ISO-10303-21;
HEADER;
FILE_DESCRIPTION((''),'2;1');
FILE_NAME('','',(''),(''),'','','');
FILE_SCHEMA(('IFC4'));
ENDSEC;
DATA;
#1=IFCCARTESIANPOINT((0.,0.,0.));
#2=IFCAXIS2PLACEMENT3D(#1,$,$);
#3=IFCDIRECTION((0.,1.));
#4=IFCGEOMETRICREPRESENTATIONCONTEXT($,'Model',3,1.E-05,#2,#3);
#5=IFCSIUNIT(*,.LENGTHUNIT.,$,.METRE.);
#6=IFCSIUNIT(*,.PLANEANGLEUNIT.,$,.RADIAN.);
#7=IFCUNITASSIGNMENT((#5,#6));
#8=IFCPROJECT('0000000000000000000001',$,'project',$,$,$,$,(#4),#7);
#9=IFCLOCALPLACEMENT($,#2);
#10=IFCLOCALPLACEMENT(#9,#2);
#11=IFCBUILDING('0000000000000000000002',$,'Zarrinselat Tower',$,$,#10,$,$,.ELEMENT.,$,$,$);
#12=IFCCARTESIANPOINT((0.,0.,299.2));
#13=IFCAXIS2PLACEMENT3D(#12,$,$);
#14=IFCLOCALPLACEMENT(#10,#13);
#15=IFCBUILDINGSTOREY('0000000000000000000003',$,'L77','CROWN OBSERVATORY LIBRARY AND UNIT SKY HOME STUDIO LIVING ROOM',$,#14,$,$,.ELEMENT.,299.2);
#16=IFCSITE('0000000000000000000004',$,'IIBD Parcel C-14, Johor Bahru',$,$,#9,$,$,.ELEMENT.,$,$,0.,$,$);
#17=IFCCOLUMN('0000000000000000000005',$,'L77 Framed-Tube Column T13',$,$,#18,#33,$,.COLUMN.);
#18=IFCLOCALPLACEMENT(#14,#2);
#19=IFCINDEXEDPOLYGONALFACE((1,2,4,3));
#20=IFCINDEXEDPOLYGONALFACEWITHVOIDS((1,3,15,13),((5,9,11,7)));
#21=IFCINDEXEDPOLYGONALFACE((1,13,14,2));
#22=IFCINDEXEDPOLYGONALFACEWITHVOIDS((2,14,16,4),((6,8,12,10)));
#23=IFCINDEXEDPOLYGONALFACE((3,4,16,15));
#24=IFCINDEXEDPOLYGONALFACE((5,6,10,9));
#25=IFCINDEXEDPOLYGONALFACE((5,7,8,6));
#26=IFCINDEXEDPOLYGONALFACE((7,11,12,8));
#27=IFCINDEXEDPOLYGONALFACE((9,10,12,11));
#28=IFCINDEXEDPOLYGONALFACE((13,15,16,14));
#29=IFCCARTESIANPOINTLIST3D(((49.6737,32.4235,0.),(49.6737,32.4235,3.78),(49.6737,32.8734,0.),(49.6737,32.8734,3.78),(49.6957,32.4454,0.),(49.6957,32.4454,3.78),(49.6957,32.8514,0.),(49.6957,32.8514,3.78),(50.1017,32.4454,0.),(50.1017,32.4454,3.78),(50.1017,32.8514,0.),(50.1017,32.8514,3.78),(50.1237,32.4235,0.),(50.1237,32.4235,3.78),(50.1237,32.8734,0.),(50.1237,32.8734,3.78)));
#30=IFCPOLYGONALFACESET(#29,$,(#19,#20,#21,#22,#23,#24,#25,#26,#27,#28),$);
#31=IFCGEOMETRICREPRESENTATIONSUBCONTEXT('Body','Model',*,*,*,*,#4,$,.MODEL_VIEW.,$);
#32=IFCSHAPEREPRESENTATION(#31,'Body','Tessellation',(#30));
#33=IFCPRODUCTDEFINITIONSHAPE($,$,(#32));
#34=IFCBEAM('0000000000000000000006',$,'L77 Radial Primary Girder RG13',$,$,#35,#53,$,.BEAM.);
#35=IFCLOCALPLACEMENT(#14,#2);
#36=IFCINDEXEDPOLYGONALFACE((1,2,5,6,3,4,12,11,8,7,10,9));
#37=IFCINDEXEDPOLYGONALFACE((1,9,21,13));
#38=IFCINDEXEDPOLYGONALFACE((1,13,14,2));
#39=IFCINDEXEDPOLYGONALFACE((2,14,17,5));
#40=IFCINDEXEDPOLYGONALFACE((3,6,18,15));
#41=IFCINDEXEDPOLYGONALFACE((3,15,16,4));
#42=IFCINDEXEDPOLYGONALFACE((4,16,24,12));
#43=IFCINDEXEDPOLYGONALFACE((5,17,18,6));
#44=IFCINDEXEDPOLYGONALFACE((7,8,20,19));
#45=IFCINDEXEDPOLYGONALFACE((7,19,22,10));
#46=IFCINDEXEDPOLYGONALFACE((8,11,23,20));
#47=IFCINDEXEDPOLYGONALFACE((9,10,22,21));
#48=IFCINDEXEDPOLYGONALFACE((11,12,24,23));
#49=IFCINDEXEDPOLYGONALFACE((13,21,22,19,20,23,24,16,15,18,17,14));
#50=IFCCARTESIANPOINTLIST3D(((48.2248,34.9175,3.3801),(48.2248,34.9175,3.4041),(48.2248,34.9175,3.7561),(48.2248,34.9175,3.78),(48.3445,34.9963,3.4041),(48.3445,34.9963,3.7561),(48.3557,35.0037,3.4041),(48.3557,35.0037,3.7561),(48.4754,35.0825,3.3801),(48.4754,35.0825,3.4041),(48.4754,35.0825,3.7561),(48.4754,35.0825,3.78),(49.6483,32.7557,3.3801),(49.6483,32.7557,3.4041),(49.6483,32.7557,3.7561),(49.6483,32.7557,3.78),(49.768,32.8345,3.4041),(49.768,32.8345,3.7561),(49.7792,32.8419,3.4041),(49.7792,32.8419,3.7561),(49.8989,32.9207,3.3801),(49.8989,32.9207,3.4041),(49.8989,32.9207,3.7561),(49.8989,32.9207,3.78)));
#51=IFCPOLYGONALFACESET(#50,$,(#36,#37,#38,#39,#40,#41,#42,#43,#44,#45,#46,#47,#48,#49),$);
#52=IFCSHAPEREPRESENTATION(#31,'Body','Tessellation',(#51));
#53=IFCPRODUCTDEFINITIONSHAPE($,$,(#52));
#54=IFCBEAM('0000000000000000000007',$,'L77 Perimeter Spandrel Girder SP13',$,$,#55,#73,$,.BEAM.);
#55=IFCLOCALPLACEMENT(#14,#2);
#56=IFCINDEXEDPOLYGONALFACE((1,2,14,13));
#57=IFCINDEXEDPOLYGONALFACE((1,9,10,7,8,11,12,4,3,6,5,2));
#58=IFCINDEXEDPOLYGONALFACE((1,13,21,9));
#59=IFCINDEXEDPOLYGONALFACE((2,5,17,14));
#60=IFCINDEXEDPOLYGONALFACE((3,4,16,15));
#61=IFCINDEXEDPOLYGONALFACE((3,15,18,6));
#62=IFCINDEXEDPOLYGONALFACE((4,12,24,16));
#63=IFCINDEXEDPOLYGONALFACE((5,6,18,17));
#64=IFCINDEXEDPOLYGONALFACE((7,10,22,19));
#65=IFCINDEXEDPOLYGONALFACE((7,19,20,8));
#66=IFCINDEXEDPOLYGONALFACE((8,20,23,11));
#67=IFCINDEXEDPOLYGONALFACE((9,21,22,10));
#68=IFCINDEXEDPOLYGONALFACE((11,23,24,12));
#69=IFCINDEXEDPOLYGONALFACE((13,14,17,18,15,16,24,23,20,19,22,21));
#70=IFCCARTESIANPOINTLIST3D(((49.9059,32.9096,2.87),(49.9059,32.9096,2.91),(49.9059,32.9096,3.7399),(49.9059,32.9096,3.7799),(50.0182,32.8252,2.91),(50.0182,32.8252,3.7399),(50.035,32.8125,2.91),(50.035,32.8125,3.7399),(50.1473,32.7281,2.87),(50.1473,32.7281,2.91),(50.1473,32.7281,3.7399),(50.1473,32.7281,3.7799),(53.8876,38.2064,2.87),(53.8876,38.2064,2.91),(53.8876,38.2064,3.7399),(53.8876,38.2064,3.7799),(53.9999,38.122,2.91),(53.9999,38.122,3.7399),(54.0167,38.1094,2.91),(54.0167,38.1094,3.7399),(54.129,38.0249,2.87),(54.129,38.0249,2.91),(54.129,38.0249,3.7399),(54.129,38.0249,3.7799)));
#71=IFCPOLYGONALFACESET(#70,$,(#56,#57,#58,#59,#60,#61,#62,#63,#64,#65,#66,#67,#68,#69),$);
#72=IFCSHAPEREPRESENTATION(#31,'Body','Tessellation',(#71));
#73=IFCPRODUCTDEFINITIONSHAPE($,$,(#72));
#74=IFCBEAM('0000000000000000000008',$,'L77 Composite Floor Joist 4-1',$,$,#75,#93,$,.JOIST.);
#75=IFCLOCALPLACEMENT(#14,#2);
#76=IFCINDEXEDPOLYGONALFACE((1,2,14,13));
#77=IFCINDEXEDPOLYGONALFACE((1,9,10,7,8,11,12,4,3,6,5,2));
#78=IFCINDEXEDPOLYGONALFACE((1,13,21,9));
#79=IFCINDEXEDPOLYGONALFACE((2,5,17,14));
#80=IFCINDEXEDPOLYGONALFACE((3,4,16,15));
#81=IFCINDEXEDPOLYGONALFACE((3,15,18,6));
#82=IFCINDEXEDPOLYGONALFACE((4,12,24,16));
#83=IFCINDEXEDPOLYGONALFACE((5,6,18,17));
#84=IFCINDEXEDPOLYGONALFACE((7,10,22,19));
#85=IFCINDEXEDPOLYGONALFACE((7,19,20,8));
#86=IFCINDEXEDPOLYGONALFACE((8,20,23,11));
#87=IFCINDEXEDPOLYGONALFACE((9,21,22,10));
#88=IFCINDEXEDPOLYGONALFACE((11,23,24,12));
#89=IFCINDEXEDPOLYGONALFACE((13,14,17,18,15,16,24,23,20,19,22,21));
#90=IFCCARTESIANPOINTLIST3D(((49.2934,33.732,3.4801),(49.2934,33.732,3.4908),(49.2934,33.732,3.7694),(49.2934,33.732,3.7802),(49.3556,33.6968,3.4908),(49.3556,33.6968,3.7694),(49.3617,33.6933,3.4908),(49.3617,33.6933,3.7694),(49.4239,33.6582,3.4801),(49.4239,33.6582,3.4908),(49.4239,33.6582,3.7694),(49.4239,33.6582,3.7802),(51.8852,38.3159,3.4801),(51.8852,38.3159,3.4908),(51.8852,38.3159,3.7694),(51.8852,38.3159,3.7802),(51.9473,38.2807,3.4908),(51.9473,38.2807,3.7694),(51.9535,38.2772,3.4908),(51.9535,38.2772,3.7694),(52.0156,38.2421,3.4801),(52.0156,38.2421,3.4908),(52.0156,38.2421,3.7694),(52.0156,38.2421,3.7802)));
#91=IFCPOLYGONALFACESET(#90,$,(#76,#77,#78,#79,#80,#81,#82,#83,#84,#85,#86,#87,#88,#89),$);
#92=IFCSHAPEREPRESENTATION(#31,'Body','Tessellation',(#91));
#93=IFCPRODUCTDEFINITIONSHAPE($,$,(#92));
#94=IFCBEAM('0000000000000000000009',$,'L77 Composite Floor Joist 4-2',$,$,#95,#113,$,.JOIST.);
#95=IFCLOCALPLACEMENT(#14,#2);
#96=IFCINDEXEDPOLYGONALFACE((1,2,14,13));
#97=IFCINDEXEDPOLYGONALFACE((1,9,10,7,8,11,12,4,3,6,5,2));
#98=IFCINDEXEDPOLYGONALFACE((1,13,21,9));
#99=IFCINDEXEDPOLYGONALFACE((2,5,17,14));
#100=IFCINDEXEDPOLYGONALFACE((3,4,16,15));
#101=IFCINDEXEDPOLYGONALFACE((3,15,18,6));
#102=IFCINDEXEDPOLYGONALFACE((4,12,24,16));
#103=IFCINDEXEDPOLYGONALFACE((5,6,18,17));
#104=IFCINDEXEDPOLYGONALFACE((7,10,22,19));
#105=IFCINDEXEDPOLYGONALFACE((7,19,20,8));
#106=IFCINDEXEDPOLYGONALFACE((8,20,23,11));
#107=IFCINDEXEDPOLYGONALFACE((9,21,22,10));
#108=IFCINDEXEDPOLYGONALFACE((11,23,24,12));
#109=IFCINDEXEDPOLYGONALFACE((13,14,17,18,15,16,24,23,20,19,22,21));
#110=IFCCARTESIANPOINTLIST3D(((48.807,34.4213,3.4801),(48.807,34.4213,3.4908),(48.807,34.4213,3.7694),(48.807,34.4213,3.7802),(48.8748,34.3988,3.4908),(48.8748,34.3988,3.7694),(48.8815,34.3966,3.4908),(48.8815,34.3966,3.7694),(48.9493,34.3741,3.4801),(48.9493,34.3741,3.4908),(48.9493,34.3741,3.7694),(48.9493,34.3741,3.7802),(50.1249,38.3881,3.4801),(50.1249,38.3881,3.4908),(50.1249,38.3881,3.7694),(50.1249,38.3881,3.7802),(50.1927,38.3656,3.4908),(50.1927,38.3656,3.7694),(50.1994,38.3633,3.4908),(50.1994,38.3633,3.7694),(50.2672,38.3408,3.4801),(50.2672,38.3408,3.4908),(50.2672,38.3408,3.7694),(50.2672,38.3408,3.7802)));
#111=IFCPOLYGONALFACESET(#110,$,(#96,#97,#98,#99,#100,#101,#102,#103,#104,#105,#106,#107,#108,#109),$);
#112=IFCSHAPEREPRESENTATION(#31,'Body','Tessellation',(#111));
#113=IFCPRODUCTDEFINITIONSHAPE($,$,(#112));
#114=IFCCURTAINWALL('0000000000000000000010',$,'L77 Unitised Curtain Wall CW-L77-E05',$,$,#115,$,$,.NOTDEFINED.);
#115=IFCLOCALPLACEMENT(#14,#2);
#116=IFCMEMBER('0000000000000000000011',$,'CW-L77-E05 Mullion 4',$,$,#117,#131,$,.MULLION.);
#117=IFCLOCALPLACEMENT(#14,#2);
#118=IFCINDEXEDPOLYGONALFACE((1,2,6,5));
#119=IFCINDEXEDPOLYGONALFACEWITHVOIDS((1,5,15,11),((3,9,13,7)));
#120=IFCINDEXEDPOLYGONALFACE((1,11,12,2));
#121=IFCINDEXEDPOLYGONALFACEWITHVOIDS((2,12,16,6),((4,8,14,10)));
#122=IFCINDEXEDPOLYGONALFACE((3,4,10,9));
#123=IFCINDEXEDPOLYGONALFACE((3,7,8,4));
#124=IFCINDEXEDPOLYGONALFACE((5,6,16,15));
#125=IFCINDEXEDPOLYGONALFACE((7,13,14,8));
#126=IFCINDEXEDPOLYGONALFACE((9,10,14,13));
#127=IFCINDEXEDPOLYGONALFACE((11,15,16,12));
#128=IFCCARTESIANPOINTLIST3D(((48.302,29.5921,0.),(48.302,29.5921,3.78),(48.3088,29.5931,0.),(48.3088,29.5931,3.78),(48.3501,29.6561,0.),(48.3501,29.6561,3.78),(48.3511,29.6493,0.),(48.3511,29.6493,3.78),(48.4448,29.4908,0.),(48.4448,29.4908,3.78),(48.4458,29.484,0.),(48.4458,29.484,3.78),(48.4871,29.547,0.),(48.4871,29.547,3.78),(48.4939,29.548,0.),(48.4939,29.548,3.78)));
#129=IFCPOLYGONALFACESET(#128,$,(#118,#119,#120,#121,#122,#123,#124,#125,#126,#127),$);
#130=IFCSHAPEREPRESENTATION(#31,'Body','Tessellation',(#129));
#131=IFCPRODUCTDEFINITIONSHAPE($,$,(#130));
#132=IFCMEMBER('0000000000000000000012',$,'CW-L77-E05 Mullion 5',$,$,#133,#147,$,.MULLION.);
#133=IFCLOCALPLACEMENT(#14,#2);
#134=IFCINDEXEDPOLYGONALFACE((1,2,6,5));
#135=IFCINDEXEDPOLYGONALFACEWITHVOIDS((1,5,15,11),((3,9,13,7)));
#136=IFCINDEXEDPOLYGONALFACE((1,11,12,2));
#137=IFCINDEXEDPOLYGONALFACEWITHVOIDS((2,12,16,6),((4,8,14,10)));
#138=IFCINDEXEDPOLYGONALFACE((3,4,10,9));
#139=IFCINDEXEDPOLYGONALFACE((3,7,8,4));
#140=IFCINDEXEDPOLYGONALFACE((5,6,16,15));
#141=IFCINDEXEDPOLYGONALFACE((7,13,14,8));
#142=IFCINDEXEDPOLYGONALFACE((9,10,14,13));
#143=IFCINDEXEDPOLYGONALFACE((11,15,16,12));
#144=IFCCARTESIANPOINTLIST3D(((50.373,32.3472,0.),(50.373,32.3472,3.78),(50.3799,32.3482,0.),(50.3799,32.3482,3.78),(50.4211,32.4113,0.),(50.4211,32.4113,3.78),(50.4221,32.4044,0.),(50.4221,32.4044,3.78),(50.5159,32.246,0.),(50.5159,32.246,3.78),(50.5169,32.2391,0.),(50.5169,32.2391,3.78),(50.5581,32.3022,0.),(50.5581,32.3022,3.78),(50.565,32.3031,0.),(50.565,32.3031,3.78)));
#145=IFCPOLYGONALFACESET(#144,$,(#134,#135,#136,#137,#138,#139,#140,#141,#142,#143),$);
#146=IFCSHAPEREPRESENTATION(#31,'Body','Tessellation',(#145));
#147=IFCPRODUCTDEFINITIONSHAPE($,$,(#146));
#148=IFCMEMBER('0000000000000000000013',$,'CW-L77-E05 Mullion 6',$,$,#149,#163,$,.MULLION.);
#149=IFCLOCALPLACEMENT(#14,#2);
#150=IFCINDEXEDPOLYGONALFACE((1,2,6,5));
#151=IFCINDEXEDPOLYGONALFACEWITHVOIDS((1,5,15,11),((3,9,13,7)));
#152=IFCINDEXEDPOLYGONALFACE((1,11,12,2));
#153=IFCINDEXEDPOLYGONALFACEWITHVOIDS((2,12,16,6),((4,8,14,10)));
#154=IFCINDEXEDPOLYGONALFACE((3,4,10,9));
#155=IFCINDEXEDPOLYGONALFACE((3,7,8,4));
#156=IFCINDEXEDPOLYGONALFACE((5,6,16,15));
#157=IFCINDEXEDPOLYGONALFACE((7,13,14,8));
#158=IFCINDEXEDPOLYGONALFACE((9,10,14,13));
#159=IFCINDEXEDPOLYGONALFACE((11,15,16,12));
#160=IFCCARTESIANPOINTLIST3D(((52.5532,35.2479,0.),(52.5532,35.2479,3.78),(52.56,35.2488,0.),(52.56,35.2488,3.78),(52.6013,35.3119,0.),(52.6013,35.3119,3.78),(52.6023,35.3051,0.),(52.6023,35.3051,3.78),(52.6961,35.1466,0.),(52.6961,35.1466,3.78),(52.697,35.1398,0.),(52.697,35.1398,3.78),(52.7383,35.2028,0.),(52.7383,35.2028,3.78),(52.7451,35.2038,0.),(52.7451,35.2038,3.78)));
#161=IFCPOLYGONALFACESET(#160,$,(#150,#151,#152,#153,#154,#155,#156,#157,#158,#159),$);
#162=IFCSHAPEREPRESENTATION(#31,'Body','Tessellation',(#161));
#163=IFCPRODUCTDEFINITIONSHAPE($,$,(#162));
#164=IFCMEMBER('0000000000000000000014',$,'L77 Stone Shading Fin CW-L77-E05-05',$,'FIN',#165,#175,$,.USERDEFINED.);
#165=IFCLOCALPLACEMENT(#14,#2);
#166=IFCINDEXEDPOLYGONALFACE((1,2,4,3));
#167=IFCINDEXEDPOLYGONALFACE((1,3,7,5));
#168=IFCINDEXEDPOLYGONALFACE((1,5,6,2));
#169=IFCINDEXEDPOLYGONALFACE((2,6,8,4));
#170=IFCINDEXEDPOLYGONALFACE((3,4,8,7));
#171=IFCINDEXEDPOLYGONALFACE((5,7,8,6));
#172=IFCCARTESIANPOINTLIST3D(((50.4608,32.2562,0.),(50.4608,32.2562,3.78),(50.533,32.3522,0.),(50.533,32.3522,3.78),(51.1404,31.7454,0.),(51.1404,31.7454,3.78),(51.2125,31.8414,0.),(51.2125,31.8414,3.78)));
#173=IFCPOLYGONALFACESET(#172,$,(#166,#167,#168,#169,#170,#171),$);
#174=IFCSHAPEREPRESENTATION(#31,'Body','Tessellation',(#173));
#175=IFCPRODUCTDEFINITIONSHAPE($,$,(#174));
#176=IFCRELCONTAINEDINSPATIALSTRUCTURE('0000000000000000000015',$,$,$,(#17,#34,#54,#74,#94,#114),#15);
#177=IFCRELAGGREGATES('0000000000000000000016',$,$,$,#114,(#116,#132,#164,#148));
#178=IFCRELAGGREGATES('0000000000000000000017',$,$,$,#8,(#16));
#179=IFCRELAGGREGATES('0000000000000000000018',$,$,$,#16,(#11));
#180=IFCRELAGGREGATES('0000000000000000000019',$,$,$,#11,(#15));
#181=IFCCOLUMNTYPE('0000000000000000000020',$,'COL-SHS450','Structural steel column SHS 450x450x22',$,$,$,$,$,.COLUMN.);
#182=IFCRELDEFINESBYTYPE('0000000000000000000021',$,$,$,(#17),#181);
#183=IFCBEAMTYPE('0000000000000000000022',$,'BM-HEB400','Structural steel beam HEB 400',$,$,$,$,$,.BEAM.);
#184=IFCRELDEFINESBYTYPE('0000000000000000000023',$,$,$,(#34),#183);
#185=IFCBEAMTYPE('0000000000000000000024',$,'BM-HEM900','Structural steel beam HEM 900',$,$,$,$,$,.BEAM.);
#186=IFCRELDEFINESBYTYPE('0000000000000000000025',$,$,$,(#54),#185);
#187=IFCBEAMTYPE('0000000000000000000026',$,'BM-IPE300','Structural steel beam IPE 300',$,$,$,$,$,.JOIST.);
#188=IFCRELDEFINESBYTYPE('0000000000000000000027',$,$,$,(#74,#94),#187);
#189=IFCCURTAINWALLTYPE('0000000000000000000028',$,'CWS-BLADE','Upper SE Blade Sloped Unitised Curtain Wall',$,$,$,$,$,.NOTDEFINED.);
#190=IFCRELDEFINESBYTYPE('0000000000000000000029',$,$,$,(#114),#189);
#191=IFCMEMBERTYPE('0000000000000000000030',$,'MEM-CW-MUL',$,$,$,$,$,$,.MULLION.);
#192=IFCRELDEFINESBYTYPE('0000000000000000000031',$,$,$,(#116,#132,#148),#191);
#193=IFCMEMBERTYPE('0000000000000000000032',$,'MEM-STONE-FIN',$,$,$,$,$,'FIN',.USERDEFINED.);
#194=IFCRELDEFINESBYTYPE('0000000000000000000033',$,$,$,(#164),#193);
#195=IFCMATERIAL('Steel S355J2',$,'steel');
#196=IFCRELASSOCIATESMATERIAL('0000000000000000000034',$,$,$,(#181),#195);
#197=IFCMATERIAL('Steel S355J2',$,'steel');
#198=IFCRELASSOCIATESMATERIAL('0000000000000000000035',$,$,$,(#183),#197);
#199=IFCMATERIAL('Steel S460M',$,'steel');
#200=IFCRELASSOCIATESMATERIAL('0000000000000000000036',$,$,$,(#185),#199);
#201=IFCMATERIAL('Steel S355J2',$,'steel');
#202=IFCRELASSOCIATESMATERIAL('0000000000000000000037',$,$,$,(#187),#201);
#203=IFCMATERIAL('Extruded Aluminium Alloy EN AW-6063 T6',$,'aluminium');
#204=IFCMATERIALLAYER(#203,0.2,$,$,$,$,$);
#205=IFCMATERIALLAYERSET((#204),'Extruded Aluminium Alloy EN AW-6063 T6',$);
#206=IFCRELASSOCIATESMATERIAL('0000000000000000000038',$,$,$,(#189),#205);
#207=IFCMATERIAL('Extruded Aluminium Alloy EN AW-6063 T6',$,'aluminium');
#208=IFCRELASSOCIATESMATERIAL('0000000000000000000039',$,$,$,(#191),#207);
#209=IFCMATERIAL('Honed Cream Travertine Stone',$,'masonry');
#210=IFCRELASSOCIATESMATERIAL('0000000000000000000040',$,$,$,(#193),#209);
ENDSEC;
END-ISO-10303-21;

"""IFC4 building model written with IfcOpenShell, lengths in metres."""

from ifc_helpers import new_model, si_unit, direction, frame, origin, origin_2d, place, context, subcontext, project, spatial, rectangle, hollow_rectangle, i_section, extrude, material, layer, layer_set, material_profile, profile_set, type_object, element, aggregate, save


model = new_model("IFC4")

# Units and contexts
model_context = context("Model", 3, precision=1e-05, world=origin(), true_north=direction((0.0, 1.0)))
body_context = subcontext(model_context, "Body", "Model", "MODEL_VIEW")
ifc_project = project(units=[si_unit("LENGTHUNIT", "METRE"), si_unit("PLANEANGLEUNIT", "RADIAN")], contexts=[model_context])

# Site, building, storey
site_placement = place(None, origin())
site = spatial("IfcSite", under=ifc_project, at=site_placement, Name="IIBD Parcel C-14, Johor Bahru", CompositionType="ELEMENT", RefElevation=0.0)
building_placement = place(site_placement, origin())
building = spatial("IfcBuilding", under=site, at=building_placement, Name="Zarrinselat Tower", CompositionType="ELEMENT")
storey_placement = place(building_placement, frame((0.0, 0.0, 299.2)))
storey = spatial("IfcBuildingStorey", under=building, at=storey_placement, Name="L77", Description="CROWN OBSERVATORY LIBRARY AND UNIT SKY HOME STUDIO LIVING ROOM", CompositionType="ELEMENT", Elevation=299.2)

# Column
ifc_material_1 = material(Name="Steel S355J2", Category="steel")
ifc_material_profile_1 = material_profile(ifc_material_1, hollow_rectangle(XDim=0.45, YDim=0.45, WallThickness=0.022, at=origin_2d()), Name="SHS 450x450x22")
ifc_profile_set_1 = profile_set([ifc_material_profile_1], Name="Steel S355J2")
column_type = type_object("IfcColumnType", Name="COL-SHS450", Description="Structural steel column SHS 450x450x22", PredefinedType="COLUMN", material=ifc_profile_set_1)
column_placement = place(storey_placement, frame((49.8987, 32.6484, 0.0), z_axis=(0.0, 0.0, 1.0), x_axis=(1.0, 0.0, 0.0)))
element("IfcColumn", 1, at=column_placement, inside=storey, type_object=column_type, Name="L77 Framed-Tube Column T13", PredefinedType="COLUMN", context=body_context, shape_type="SweptSolid", body=[
    extrude(hollow_rectangle(XDim=0.45, YDim=0.45, WallThickness=0.022, at=origin_2d()), origin(), (0.0, 0.0, 1.0), 3.78),
])

# Beams
ifc_material_2 = material(Name="Steel S355J2", Category="steel")
ifc_material_profile_2 = material_profile(ifc_material_2, i_section(OverallWidth=0.3, OverallDepth=0.3999, WebThickness=0.0134, FlangeThickness=0.0239, at=origin_2d()), Name="HEB 400")
ifc_profile_set_2 = profile_set([ifc_material_profile_2], Name="Steel S355J2")
beam_type_1 = type_object("IfcBeamType", Name="BM-HEB400", Description="Structural steel beam HEB 400", PredefinedType="BEAM", material=ifc_profile_set_2)
beam_1_placement = place(storey_placement, frame((48.3501, 35.0, 3.5801), z_axis=(0.549968, -0.835186, 0.0), x_axis=(0.835186, 0.549968, 0.0)))
element("IfcBeam", 2, at=beam_1_placement, inside=storey, type_object=beam_type_1, Name="L77 Radial Primary Girder RG13", PredefinedType="BEAM", context=body_context, shape_type="SweptSolid", body=[
    extrude(i_section(OverallWidth=0.3, OverallDepth=0.3999, WebThickness=0.0134, FlangeThickness=0.0239, at=origin_2d()), origin(), (0.0, 0.0, 1.0), 2.5884),
])
ifc_material_3 = material(Name="Steel S460M", Category="steel")
ifc_material_profile_3 = material_profile(ifc_material_3, i_section(OverallWidth=0.302, OverallDepth=0.9099, WebThickness=0.021, FlangeThickness=0.04, at=origin_2d()), Name="HEM 900")
ifc_profile_set_3 = profile_set([ifc_material_profile_3], Name="Steel S460M")
beam_type_2 = type_object("IfcBeamType", Name="BM-HEM900", Description="Structural steel beam HEM 900", PredefinedType="BEAM", material=ifc_profile_set_3)
beam_2_placement = place(storey_placement, frame((50.0266, 32.8188, 3.325), z_axis=(0.600872, 0.799345, 0.0), x_axis=(-0.799345, 0.600872, 0.0)))
element("IfcBeam", 3, at=beam_2_placement, inside=storey, type_object=beam_type_2, Name="L77 Perimeter Spandrel Girder SP13", PredefinedType="BEAM", context=body_context, shape_type="SweptSolid", body=[
    extrude(i_section(OverallWidth=0.302, OverallDepth=0.9099, WebThickness=0.021, FlangeThickness=0.04, at=origin_2d()), origin(), (0.0, 0.0, 1.0), 6.6265),
])
ifc_material_4 = material(Name="Steel S355J2", Category="steel")
ifc_material_profile_4 = material_profile(ifc_material_4, i_section(OverallWidth=0.1499, OverallDepth=0.3, WebThickness=0.0071, FlangeThickness=0.0107, at=origin_2d()), Name="IPE 300")
ifc_profile_set_4 = profile_set([ifc_material_profile_4], Name="Steel S355J2")
beam_type_3 = type_object("IfcBeamType", Name="BM-IPE300", Description="Structural steel beam IPE 300", PredefinedType="JOIST", material=ifc_profile_set_4)
beam_3_placement = place(storey_placement, frame((49.3586, 33.6951, 3.6301), z_axis=(0.492179, 0.870494, 0.0), x_axis=(-0.870494, 0.492179, 0.0)))
element("IfcBeam", 4, at=beam_3_placement, inside=storey, type_object=beam_type_3, Name="L77 Composite Floor Joist 4-1", PredefinedType="JOIST", context=body_context, shape_type="SweptSolid", body=[
    extrude(i_section(OverallWidth=0.1499, OverallDepth=0.3, WebThickness=0.0071, FlangeThickness=0.0107, at=origin_2d()), origin(), (0.0, 0.0, 1.0), 5.2659),
])
beam_4_placement = place(storey_placement, frame((48.8782, 34.3977, 3.6301), z_axis=(0.315281, 0.948998, 0.0), x_axis=(-0.948998, 0.315281, 0.0)))
element("IfcBeam", 5, at=beam_4_placement, inside=storey, type_object=beam_type_3, Name="L77 Composite Floor Joist 4-2", PredefinedType="JOIST", context=body_context, shape_type="SweptSolid", body=[
    extrude(i_section(OverallWidth=0.1499, OverallDepth=0.3, WebThickness=0.0071, FlangeThickness=0.0107, at=origin_2d()), origin(), (0.0, 0.0, 1.0), 4.1799),
])

# Curtain wall, members
ifc_material_5 = material(Name="Extruded Aluminium Alloy EN AW-6063 T6", Category="aluminium")
ifc_layer_1 = layer(ifc_material_5, 0.2)
ifc_layer_set_1 = layer_set([ifc_layer_1], Name="Extruded Aluminium Alloy EN AW-6063 T6")
curtain_wall_type = type_object("IfcCurtainWallType", Name="CWS-BLADE", Description="Upper SE Blade Sloped Unitised Curtain Wall", PredefinedType="NOTDEFINED", material=ifc_layer_set_1)
curtain_wall_placement = place(storey_placement, origin())
curtain_wall = element("IfcCurtainWall", 6, at=curtain_wall_placement, inside=storey, type_object=curtain_wall_type, Name="L77 Unitised Curtain Wall CW-L77-E05", PredefinedType="NOTDEFINED")
ifc_material_6 = material(Name="Extruded Aluminium Alloy EN AW-6063 T6", Category="aluminium")
ifc_material_profile_5 = material_profile(ifc_material_6, hollow_rectangle(XDim=0.0801, YDim=0.1799, WallThickness=0.0049, at=origin_2d()), Name="RHS 180x80x5")
ifc_profile_set_5 = profile_set([ifc_material_profile_5], Name="Extruded Aluminium Alloy EN AW-6063 T6")
member_type_1 = type_object("IfcMemberType", Name="MEM-CW-MUL", PredefinedType="MULLION", material=ifc_profile_set_5)
member_1_placement = place(storey_placement, frame((48.3979, 29.5701, 0.0), z_axis=(0.0, 0.0, 1.0), x_axis=(0.600848, 0.799363, 0.0)))
member_1 = element("IfcMember", 7, at=member_1_placement, type_object=member_type_1, Name="CW-L77-E05 Mullion 4", PredefinedType="MULLION", context=body_context, shape_type="SweptSolid", body=[
    extrude(hollow_rectangle(XDim=0.0801, YDim=0.1799, WallThickness=0.0049, at=origin_2d()), origin(), (0.0, 0.0, 1.0), 3.78),
])
member_2_placement = place(storey_placement, frame((50.469, 32.3252, 0.0), z_axis=(0.0, 0.0, 1.0), x_axis=(0.600848, 0.799363, 0.0)))
member_2 = element("IfcMember", 8, at=member_2_placement, type_object=member_type_1, Name="CW-L77-E05 Mullion 5", PredefinedType="MULLION", context=body_context, shape_type="SweptSolid", body=[
    extrude(hollow_rectangle(XDim=0.0801, YDim=0.1799, WallThickness=0.0049, at=origin_2d()), origin(), (0.0, 0.0, 1.0), 3.78),
])
member_3_placement = place(storey_placement, frame((52.6492, 35.2258, 0.0), z_axis=(0.0, 0.0, 1.0), x_axis=(0.600848, 0.799363, 0.0)))
member_3 = element("IfcMember", 9, at=member_3_placement, type_object=member_type_1, Name="CW-L77-E05 Mullion 6", PredefinedType="MULLION", context=body_context, shape_type="SweptSolid", body=[
    extrude(hollow_rectangle(XDim=0.0801, YDim=0.1799, WallThickness=0.0049, at=origin_2d()), origin(), (0.0, 0.0, 1.0), 3.78),
])
ifc_material_7 = material(Name="Honed Cream Travertine Stone", Category="masonry")
ifc_material_profile_6 = material_profile(ifc_material_7, rectangle(XDim=0.1201, YDim=0.8501, at=origin_2d()), Name="FIN 850x120")
ifc_profile_set_6 = profile_set([ifc_material_profile_6], Name="Honed Cream Travertine Stone")
member_type_2 = type_object("IfcMemberType", Name="MEM-STONE-FIN", ElementType="FIN", PredefinedType="USERDEFINED", material=ifc_profile_set_6)
member_4_placement = place(storey_placement, frame((50.8367, 32.0488, 0.0), z_axis=(0.0, 0.0, 1.0), x_axis=(-0.600848, -0.799363, 0.0)))
member_4 = element("IfcMember", 10, at=member_4_placement, type_object=member_type_2, Name="L77 Stone Shading Fin CW-L77-E05-05", ObjectType="FIN", PredefinedType="USERDEFINED", context=body_context, shape_type="SweptSolid", body=[
    extrude(rectangle(XDim=0.1201, YDim=0.8501, at=origin_2d()), origin(), (0.0, 0.0, 1.0), 3.78),
])
aggregate(curtain_wall, [member_1, member_2, member_4, member_3])

save(model, "model.ifc")
